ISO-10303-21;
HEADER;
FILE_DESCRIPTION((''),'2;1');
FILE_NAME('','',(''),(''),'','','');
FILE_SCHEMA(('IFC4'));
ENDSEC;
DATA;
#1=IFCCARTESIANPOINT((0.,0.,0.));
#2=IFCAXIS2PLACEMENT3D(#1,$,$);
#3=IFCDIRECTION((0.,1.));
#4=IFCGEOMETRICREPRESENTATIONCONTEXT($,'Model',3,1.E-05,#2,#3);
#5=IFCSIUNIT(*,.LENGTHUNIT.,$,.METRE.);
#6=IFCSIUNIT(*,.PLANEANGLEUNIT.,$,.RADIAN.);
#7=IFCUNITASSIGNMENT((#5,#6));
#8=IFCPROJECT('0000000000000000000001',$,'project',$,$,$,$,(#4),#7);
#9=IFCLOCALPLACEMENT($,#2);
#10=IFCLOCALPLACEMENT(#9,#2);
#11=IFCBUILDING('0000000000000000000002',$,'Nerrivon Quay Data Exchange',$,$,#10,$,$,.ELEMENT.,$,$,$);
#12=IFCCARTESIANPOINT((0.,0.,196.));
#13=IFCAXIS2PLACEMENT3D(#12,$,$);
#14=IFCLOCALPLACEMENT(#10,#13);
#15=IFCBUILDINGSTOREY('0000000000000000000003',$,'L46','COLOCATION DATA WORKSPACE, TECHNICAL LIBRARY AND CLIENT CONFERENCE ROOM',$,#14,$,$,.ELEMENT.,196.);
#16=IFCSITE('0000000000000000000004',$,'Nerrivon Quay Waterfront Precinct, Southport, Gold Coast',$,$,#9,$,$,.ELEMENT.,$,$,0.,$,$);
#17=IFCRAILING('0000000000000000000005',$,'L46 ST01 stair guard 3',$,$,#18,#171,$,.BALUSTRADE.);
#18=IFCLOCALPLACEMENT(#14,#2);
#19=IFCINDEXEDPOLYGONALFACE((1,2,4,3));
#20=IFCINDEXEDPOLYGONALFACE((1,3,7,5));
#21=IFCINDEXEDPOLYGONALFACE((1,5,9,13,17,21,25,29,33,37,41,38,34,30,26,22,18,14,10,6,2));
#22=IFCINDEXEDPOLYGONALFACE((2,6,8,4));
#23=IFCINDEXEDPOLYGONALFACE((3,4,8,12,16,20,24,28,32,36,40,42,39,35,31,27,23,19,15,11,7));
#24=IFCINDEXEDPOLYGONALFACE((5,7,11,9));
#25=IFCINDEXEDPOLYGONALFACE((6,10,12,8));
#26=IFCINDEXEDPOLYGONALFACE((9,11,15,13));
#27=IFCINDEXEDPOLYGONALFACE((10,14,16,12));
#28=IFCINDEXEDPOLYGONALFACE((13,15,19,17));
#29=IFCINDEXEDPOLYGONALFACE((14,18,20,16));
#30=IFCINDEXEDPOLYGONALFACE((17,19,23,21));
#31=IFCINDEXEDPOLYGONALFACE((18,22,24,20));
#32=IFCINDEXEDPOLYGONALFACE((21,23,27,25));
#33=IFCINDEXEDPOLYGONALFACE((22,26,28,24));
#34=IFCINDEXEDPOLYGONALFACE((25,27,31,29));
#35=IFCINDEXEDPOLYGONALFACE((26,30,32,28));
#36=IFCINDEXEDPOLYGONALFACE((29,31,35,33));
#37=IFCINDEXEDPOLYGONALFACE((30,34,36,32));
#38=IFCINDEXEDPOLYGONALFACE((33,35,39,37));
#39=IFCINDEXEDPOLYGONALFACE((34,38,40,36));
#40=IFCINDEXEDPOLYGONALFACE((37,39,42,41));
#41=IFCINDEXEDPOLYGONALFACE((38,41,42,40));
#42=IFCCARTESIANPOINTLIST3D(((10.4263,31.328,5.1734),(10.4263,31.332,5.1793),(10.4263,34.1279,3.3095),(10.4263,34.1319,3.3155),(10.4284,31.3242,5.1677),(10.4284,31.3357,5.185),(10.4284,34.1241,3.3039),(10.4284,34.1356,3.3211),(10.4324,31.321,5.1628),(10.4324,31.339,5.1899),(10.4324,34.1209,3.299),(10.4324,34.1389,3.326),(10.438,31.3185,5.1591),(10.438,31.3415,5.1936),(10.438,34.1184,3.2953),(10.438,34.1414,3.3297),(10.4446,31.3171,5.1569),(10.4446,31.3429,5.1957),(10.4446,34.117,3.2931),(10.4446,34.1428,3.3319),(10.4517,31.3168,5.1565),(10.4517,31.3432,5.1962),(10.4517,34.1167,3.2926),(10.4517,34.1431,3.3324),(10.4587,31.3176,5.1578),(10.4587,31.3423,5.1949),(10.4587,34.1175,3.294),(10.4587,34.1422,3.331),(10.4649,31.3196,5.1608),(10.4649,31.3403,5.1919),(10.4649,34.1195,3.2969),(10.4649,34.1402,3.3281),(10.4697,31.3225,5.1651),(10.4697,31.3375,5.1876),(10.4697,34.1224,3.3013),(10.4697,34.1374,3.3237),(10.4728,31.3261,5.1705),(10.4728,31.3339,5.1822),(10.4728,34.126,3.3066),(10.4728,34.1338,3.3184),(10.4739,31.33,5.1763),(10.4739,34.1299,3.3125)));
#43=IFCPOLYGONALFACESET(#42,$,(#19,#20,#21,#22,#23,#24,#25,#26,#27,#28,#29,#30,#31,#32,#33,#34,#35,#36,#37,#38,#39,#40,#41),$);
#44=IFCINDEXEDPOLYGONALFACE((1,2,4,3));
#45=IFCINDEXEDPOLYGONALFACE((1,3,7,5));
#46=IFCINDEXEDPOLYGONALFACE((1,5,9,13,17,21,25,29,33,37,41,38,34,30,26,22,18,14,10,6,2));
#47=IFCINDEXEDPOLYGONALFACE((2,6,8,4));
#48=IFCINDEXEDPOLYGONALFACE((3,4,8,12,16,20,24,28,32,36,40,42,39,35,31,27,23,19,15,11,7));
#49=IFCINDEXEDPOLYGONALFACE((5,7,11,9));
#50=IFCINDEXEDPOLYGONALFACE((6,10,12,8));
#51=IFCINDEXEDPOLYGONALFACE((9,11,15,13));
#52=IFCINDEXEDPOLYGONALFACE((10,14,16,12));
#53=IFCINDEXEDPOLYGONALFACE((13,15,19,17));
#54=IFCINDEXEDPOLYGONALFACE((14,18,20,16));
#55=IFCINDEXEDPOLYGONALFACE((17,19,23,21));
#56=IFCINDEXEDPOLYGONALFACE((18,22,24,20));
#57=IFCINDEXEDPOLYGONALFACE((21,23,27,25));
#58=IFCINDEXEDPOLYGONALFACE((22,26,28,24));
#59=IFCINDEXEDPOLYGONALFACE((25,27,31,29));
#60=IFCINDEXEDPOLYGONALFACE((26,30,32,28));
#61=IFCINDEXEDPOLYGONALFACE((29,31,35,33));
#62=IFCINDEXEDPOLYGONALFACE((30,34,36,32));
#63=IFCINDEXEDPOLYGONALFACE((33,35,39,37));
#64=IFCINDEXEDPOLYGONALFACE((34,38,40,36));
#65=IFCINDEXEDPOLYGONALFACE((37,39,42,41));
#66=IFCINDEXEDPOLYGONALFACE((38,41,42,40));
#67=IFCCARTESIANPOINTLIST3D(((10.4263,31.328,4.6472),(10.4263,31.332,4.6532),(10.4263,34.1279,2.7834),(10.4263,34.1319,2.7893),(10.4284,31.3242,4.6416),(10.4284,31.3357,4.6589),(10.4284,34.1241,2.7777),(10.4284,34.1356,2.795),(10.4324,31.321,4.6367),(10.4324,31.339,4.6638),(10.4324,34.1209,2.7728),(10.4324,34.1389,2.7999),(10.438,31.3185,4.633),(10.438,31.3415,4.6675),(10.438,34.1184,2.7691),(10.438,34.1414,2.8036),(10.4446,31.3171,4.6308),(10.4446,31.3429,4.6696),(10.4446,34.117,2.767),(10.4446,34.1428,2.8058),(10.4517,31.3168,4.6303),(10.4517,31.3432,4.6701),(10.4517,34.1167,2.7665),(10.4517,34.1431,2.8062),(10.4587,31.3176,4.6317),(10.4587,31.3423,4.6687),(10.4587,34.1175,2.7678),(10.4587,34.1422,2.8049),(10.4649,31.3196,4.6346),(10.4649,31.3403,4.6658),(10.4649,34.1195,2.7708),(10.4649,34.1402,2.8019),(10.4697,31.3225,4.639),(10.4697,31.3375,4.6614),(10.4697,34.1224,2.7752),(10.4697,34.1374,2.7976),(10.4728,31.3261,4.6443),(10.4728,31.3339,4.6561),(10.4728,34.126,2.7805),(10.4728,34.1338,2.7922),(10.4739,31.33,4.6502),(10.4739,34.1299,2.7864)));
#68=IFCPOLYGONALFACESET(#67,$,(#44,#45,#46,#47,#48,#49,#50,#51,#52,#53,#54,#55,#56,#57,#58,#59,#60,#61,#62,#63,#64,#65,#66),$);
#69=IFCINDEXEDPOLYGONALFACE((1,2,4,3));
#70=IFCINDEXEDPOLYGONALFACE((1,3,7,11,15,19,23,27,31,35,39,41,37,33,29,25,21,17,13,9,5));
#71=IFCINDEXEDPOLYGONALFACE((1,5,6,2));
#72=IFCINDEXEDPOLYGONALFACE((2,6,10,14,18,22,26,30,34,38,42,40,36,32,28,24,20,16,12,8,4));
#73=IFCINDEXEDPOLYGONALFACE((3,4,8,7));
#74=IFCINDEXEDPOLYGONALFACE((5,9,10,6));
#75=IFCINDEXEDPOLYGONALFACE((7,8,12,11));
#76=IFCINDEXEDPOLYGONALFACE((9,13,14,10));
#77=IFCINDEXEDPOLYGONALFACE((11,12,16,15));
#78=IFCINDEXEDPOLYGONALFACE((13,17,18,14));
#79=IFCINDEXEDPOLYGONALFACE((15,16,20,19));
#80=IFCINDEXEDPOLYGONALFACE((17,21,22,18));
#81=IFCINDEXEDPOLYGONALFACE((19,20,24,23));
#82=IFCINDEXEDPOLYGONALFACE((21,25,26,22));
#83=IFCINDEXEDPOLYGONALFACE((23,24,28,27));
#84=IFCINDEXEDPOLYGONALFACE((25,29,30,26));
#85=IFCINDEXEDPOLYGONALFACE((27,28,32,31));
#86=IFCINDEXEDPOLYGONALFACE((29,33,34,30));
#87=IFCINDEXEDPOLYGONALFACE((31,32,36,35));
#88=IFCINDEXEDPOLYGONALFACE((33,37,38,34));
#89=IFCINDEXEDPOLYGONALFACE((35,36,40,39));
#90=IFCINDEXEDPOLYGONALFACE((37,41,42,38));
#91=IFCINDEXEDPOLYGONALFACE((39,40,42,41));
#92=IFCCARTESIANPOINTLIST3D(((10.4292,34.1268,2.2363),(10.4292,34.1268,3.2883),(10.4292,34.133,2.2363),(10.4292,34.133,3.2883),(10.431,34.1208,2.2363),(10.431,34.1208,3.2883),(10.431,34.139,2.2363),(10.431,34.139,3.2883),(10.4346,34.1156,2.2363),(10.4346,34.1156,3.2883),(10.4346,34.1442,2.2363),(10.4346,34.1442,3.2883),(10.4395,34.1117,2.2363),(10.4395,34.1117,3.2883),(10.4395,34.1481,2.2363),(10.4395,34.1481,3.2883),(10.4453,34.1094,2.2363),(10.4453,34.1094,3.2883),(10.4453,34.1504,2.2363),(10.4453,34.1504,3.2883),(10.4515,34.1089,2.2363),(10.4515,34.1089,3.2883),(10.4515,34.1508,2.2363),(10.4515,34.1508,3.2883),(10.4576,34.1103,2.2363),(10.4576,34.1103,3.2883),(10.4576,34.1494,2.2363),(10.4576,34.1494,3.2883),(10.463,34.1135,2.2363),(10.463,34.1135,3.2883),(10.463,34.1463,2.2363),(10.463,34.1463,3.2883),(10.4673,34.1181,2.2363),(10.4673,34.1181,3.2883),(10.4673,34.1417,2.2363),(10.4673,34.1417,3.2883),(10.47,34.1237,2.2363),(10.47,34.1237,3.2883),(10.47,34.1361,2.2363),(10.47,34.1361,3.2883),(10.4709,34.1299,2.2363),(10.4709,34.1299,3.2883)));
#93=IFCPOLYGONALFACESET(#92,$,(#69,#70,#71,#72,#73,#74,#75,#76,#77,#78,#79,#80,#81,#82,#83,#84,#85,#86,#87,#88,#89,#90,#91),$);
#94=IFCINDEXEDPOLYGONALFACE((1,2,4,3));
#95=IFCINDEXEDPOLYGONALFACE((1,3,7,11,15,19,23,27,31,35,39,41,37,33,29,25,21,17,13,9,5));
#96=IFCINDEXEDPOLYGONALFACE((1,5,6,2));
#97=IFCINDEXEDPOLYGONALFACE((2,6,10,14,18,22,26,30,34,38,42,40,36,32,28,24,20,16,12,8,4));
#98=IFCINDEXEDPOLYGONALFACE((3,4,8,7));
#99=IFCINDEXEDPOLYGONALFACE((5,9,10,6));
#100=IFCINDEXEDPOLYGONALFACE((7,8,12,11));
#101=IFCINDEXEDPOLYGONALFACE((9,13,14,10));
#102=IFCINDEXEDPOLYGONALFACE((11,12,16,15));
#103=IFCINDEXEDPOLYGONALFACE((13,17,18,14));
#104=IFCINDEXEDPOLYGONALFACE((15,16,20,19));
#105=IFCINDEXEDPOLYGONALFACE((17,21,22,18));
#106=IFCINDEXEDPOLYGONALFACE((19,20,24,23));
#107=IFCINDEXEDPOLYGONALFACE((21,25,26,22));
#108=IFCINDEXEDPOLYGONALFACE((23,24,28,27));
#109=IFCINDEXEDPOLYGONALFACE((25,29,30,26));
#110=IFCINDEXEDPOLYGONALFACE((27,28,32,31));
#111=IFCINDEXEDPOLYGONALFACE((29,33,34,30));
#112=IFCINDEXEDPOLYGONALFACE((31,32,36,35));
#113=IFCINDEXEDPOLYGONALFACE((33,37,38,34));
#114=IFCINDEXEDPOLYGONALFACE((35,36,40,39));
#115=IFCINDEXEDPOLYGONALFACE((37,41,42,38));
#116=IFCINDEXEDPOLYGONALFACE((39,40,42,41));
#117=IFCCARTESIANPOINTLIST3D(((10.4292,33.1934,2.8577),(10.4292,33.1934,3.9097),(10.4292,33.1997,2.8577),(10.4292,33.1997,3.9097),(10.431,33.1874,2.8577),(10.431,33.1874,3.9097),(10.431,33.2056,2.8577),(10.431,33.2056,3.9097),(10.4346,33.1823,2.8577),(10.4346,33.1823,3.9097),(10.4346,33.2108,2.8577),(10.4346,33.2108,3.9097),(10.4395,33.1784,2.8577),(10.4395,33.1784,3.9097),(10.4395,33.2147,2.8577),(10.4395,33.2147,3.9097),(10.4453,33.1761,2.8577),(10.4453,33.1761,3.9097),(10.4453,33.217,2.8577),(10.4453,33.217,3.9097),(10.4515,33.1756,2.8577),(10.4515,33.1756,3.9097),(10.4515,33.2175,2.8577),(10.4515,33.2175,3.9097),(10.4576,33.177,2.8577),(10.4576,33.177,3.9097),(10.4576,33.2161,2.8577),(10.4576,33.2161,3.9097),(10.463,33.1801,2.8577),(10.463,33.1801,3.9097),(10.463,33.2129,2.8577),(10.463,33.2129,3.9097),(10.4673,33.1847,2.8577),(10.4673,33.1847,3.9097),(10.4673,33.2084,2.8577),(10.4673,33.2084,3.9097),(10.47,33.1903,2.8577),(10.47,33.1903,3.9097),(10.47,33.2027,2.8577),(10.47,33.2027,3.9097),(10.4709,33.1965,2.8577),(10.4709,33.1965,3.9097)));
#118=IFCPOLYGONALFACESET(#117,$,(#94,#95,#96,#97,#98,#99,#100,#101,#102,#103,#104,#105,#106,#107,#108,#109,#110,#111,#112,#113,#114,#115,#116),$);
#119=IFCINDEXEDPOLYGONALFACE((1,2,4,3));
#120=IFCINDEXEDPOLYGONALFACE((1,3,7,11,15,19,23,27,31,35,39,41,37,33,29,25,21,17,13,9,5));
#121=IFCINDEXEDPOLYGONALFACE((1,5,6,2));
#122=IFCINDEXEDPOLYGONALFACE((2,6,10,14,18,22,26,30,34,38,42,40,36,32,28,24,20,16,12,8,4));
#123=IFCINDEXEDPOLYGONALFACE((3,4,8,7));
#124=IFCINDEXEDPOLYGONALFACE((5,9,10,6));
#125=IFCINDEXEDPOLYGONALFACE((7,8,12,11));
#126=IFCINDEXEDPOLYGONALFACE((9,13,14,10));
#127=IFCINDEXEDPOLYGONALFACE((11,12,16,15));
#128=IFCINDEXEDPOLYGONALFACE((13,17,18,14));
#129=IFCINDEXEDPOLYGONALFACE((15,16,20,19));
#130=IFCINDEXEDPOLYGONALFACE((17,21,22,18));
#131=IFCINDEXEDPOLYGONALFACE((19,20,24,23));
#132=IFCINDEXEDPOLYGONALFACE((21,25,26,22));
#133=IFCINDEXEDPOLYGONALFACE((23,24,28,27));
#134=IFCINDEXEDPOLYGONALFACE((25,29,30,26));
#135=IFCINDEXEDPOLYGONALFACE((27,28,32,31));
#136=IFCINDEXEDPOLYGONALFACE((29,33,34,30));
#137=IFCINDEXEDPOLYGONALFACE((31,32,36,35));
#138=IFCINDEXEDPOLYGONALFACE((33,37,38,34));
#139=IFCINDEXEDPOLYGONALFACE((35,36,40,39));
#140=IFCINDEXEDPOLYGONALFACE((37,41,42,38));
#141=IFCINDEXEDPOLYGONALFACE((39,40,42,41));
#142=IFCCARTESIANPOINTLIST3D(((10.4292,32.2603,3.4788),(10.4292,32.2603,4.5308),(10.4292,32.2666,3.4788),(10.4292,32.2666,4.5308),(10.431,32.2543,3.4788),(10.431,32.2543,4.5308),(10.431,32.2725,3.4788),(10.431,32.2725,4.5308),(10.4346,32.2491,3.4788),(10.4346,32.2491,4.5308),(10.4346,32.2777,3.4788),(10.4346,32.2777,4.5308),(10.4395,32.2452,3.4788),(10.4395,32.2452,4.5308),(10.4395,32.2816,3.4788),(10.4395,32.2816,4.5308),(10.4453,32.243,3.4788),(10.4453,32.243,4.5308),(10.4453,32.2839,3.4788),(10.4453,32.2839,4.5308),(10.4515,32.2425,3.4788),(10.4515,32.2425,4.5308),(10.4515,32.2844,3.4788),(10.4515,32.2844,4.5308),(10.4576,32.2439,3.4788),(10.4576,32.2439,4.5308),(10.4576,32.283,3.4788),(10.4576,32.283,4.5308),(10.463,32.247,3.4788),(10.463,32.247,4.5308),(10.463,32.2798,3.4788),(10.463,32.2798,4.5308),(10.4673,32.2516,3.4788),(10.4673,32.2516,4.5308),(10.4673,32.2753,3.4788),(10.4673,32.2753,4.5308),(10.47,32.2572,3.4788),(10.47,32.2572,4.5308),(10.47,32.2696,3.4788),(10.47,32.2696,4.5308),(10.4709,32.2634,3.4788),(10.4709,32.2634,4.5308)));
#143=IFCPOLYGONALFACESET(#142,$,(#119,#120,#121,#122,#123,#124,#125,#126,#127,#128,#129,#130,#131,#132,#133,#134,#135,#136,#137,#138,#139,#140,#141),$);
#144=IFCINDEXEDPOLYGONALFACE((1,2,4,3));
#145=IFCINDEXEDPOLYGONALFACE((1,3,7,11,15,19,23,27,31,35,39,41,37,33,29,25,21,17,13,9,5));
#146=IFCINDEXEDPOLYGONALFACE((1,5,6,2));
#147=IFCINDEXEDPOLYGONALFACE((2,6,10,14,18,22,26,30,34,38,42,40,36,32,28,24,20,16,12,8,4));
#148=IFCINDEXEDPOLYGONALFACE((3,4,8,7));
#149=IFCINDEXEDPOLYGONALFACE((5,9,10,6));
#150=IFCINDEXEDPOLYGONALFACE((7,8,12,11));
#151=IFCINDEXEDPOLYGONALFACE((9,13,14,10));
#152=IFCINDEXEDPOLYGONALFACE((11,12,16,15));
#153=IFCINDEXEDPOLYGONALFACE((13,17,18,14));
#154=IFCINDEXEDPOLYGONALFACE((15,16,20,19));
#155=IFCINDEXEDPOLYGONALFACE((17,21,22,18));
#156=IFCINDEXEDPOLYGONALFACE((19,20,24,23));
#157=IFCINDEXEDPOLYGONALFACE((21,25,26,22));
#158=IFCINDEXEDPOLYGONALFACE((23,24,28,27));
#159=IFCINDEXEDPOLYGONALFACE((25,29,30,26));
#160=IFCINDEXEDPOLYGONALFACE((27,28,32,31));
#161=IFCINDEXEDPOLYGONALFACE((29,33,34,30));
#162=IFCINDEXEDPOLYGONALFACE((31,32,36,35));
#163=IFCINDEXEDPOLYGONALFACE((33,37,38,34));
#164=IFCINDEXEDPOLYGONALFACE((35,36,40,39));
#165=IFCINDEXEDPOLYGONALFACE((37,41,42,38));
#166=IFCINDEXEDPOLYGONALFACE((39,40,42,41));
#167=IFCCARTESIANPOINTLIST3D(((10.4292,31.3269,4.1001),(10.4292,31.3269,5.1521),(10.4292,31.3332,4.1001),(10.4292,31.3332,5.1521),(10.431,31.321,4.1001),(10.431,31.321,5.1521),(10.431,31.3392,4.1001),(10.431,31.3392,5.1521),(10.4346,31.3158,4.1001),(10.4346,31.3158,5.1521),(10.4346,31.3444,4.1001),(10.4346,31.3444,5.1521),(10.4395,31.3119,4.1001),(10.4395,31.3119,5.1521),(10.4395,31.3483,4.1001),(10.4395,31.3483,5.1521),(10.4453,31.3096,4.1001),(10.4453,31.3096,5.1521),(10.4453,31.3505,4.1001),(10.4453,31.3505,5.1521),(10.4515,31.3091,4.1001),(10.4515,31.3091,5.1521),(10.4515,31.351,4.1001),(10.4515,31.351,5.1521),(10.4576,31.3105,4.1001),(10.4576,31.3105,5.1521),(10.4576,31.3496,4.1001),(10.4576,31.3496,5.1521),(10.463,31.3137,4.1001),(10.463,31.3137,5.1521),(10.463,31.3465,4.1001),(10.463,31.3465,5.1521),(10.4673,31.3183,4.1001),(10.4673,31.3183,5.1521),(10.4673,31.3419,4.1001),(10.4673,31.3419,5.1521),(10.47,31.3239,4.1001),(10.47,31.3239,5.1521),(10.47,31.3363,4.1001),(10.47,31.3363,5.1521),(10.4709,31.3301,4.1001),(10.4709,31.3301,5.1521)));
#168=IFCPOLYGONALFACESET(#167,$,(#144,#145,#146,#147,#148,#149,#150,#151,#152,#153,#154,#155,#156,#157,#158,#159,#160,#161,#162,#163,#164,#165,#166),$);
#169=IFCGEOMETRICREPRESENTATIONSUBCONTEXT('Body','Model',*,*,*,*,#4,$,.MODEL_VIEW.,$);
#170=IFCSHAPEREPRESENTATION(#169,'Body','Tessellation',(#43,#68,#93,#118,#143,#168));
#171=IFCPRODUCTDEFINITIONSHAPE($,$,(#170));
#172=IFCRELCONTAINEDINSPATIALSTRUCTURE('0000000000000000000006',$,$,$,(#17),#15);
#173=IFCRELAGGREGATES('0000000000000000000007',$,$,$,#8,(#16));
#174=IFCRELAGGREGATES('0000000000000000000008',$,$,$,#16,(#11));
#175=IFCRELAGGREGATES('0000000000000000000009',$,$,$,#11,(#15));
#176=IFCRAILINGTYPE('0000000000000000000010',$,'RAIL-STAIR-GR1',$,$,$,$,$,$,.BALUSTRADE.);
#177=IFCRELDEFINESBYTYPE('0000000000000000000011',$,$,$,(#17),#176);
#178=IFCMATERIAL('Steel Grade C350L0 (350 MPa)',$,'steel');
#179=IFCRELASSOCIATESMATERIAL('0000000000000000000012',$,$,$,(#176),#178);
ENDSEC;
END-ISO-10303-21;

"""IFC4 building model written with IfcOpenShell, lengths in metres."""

from ifc_helpers import new_model, si_unit, direction, frame, origin, origin_2d, place, context, subcontext, project, spatial, circle, extrude, material, type_object, element, save


model = new_model("IFC4")

# Units and contexts
model_context = context("Model", 3, precision=1e-05, world=origin(), true_north=direction((0.0, 1.0)))
body_context = subcontext(model_context, "Body", "Model", "MODEL_VIEW")
ifc_project = project(units=[si_unit("LENGTHUNIT", "METRE"), si_unit("PLANEANGLEUNIT", "RADIAN")], contexts=[model_context])

# Site, building, storey
site_placement = place(None, origin())
site = spatial("IfcSite", under=ifc_project, at=site_placement, Name="Nerrivon Quay Waterfront Precinct, Southport, Gold Coast", CompositionType="ELEMENT", RefElevation=0.0)
building_placement = place(site_placement, origin())
building = spatial("IfcBuilding", under=site, at=building_placement, Name="Nerrivon Quay Data Exchange", CompositionType="ELEMENT")
storey_placement = place(building_placement, frame((0.0, 0.0, 196.0)))
storey = spatial("IfcBuildingStorey", under=building, at=storey_placement, Name="L46", Description="COLOCATION DATA WORKSPACE, TECHNICAL LIBRARY AND CLIENT CONFERENCE ROOM", CompositionType="ELEMENT", Elevation=196.0)

# Shared definitions
ifc_material_1 = material(Name="Steel Grade C350L0 (350 MPa)", Category="steel")

# Railing
railing_type = type_object("IfcRailingType", Name="RAIL-STAIR-GR1", PredefinedType="BALUSTRADE", material=ifc_material_1)
railing_1_placement = place(storey_placement, frame((10.45, 34.1299, 2.2363)))
element("IfcRailing", 1, at=railing_1_placement, inside=storey, type_object=railing_type, Name="L46 ST01 stair guard 3", PredefinedType="BALUSTRADE", context=body_context, shape_type="SweptSolid", body=[
    extrude(circle(Radius=0.0239, at=origin_2d()), frame((0.0, 0.0, 1.0762), z_axis=(0.0, -0.83243, 0.554131), x_axis=(1.0, 0.0, 0.0)), (0.0, 0.0, 1.0), 3.3635),
    extrude(circle(Radius=0.0239, at=origin_2d()), frame((0.0, 0.0, 0.55), z_axis=(0.0, -0.83243, 0.554131), x_axis=(1.0, 0.0, 0.0)), (0.0, 0.0, 1.0), 3.3635),
    extrude(circle(Radius=0.021, at=origin_2d()), origin(), (0.0, 0.0, 1.0), 1.052),
    extrude(circle(Radius=0.021, at=origin_2d()), frame((0.0, -0.9333, 0.6213)), (0.0, 0.0, 1.0), 1.052),
    extrude(circle(Radius=0.021, at=origin_2d()), frame((0.0, -1.8665, 1.2424)), (0.0, 0.0, 1.0), 1.052),
    extrude(circle(Radius=0.021, at=origin_2d()), frame((0.0, -2.7998, 1.8638)), (0.0, 0.0, 1.0), 1.052),
])

save(model, "model.ifc")
